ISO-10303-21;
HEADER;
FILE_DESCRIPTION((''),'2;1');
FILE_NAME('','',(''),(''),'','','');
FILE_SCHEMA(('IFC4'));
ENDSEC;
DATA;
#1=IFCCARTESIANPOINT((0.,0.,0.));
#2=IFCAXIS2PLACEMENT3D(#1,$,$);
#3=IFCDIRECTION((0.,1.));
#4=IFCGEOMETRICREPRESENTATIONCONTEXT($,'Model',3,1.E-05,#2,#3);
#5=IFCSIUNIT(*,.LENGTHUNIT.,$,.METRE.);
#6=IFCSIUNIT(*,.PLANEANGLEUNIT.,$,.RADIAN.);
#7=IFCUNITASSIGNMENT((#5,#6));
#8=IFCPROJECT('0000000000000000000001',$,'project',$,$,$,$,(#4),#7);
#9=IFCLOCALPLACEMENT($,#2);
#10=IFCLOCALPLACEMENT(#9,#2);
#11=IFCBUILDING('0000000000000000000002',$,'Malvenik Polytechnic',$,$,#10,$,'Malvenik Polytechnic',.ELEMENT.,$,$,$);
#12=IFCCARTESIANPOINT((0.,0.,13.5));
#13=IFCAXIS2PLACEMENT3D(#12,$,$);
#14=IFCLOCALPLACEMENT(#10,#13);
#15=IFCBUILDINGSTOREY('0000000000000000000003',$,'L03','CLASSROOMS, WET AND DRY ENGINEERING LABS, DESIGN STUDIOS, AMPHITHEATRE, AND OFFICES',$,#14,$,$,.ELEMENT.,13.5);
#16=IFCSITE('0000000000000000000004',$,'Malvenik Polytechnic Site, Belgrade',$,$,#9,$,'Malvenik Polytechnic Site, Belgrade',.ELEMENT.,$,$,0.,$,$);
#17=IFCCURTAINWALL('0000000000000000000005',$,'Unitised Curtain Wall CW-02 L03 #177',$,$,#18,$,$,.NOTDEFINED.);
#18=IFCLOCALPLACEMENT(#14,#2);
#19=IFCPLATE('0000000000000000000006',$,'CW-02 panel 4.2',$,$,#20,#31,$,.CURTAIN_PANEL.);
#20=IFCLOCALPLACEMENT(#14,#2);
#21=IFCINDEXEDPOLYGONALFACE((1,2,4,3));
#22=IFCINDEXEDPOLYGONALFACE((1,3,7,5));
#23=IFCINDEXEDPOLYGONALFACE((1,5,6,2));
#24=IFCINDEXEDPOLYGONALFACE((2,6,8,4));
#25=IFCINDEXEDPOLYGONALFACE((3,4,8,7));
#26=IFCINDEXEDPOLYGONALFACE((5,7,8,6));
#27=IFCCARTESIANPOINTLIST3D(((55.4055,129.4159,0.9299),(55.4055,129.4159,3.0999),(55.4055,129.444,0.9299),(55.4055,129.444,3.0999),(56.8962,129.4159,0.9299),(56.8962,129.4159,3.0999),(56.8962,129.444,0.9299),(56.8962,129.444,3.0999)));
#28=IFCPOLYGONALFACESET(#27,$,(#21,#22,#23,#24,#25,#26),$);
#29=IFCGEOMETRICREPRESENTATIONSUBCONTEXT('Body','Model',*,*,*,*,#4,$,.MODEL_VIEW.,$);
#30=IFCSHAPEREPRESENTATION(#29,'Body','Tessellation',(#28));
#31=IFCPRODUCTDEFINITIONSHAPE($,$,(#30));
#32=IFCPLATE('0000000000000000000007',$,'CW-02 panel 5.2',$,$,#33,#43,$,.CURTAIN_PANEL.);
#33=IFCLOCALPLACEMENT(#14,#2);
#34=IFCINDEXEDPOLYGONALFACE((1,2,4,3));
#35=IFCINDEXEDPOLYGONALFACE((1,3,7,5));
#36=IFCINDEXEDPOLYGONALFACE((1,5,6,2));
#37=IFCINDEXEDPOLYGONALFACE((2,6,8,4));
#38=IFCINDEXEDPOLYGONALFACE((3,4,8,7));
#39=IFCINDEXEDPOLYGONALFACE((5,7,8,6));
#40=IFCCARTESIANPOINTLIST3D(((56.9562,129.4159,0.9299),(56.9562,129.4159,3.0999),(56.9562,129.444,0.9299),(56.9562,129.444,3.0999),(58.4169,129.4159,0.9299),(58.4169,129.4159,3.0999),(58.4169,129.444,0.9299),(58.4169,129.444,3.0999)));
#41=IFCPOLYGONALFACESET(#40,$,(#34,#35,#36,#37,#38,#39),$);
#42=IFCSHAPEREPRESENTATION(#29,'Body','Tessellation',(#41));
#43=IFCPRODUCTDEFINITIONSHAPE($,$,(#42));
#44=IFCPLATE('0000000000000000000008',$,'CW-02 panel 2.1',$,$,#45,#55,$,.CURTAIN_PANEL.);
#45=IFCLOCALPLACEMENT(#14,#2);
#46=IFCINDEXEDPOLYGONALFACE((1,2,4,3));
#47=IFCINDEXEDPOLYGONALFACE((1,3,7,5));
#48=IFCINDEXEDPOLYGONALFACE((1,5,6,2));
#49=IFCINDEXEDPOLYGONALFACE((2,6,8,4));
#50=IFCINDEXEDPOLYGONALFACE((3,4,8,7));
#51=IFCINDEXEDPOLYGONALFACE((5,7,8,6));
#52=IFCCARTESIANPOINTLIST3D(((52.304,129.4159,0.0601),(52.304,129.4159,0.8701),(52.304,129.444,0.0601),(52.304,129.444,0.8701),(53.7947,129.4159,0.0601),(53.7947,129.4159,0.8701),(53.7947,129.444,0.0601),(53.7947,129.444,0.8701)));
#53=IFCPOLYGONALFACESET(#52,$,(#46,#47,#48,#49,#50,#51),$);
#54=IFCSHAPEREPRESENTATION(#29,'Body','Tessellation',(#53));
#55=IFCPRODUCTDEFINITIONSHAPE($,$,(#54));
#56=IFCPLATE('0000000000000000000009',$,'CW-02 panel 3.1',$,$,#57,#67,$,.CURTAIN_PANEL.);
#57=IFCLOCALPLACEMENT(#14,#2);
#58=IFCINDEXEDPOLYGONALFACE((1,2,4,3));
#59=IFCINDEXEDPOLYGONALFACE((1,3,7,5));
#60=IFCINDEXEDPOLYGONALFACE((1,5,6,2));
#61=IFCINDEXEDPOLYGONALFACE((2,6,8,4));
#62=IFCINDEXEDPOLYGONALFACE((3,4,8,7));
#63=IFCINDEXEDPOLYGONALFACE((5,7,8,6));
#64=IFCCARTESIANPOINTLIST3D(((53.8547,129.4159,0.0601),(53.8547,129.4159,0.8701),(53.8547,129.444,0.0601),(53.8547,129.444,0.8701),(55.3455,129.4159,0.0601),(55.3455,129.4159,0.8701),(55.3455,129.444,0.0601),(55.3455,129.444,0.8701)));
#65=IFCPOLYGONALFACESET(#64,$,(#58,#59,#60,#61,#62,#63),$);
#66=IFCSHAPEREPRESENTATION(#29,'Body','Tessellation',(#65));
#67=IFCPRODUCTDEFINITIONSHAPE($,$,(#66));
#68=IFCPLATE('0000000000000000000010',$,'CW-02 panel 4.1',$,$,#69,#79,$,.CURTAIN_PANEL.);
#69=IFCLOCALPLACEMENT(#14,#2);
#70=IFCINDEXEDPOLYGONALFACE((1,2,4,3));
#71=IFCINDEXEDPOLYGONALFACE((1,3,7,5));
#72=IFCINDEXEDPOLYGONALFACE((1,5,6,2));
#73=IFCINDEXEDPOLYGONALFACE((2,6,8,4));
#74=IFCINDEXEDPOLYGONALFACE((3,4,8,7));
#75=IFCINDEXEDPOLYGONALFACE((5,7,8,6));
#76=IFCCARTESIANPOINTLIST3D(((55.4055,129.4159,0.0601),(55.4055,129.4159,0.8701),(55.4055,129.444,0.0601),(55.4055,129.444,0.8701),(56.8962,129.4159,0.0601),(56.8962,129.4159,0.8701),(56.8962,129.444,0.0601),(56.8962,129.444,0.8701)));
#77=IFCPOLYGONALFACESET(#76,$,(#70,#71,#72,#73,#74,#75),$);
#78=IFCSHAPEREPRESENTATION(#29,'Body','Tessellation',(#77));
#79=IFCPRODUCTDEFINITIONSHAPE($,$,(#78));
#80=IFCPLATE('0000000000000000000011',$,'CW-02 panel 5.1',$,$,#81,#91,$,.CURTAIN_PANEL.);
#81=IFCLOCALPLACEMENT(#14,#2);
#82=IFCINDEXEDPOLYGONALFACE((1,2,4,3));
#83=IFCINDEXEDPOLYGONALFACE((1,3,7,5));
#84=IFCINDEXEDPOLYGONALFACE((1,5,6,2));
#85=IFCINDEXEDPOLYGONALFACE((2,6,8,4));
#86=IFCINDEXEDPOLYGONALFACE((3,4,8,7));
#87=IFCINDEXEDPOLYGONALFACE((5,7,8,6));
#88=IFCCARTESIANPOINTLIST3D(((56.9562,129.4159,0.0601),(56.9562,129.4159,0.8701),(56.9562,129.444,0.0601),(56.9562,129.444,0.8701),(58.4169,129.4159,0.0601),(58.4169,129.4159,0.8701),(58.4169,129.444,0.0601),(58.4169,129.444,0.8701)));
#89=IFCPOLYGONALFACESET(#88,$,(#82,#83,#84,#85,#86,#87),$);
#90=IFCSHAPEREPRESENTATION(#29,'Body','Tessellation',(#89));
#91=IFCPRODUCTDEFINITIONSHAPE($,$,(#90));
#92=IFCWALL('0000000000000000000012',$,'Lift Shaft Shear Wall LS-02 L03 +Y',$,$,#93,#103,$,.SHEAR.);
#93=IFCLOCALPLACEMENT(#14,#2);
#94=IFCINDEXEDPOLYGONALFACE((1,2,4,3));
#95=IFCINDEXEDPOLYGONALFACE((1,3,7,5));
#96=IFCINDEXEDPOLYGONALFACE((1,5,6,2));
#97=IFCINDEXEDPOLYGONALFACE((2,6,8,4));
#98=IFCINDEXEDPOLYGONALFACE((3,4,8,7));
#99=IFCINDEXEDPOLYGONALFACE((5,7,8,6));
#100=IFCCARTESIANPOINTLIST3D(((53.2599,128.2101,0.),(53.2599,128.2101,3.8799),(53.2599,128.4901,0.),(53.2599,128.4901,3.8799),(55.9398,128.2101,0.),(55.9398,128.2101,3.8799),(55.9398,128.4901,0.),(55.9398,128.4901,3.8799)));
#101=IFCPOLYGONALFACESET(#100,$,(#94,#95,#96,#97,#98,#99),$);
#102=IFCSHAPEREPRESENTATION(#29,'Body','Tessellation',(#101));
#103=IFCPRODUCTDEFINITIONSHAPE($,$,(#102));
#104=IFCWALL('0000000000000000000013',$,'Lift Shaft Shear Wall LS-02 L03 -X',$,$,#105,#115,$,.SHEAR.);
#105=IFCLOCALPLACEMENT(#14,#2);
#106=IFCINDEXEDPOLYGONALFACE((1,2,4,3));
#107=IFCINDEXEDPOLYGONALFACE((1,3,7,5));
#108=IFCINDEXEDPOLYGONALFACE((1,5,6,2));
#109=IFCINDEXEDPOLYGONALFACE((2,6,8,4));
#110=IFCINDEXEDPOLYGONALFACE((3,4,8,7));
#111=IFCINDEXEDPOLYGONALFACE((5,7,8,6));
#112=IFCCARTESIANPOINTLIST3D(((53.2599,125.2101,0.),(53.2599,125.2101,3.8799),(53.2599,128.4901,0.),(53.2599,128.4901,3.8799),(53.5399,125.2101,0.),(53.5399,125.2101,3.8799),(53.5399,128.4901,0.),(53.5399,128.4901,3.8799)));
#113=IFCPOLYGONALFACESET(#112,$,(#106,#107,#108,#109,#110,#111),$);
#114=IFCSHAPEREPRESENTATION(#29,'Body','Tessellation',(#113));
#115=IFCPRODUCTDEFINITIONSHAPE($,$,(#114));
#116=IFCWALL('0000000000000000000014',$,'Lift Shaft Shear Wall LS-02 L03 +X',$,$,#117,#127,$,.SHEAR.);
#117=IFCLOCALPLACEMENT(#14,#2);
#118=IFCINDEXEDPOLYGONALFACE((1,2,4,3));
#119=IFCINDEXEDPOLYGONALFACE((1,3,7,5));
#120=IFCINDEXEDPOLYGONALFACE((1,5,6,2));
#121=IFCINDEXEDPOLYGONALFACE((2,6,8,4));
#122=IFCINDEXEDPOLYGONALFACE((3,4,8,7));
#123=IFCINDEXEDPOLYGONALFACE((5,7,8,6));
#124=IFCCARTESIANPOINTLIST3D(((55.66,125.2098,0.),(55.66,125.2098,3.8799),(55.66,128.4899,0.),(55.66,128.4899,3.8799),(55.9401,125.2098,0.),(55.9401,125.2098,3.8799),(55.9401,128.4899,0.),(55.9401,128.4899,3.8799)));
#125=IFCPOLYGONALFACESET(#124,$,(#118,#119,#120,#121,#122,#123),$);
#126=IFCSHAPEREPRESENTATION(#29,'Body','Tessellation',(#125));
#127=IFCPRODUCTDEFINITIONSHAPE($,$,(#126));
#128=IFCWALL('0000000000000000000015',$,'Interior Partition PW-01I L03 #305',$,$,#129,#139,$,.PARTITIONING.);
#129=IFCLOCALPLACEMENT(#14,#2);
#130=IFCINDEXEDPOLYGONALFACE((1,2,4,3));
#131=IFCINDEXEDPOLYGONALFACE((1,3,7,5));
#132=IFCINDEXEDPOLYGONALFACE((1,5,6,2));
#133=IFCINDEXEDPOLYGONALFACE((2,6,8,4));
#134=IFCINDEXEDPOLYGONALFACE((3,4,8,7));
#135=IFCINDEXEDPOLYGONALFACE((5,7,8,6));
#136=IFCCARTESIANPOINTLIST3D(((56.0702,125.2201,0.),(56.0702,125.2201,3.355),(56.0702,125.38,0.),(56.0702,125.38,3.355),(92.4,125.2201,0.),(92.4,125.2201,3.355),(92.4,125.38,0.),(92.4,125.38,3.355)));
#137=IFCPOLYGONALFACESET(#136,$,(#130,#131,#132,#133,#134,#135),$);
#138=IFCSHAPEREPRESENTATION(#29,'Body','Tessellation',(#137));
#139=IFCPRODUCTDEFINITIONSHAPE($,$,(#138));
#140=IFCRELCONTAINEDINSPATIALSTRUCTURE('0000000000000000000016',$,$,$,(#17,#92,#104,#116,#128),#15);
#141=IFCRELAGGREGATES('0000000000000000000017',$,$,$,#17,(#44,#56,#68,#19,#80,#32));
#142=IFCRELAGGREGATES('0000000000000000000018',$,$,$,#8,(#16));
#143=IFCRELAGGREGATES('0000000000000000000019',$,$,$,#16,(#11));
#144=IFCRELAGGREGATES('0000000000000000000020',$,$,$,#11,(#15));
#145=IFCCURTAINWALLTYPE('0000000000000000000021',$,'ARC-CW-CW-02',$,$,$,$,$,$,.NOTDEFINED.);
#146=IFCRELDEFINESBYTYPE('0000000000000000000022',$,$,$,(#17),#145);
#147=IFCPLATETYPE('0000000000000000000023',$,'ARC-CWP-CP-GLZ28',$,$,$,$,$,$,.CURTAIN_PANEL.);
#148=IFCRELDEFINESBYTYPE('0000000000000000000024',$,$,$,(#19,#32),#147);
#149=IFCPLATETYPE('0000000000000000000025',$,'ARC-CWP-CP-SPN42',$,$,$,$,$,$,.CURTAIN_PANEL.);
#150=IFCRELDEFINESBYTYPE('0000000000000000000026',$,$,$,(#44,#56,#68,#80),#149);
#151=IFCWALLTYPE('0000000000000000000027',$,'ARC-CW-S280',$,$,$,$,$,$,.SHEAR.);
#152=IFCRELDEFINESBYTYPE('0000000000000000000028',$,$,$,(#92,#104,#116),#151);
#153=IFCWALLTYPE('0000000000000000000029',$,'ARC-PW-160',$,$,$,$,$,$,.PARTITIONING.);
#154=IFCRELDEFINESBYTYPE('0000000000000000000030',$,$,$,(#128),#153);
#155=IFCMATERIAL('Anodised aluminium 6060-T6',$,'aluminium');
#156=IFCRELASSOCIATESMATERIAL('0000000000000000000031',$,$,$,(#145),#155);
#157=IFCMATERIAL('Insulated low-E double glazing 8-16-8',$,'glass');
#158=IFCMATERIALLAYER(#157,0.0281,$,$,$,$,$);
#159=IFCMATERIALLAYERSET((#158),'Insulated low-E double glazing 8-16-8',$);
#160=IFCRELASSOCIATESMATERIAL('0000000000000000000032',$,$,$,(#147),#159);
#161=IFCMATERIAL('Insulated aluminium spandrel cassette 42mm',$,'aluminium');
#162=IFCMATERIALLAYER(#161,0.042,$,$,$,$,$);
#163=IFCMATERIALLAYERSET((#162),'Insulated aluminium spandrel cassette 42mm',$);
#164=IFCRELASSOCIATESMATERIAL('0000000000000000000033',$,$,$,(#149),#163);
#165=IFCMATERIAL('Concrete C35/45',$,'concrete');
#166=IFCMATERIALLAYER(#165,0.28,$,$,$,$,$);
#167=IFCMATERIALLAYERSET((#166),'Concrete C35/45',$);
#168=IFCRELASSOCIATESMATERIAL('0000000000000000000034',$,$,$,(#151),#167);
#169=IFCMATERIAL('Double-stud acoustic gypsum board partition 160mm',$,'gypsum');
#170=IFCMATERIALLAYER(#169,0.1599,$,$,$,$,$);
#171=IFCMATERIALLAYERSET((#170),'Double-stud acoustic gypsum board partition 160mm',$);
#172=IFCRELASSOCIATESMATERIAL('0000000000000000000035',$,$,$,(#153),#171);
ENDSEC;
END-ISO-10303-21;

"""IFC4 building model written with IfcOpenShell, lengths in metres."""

from ifc_helpers import new_model, si_unit, direction, frame, frame_2d, origin, origin_2d, place, context, subcontext, project, spatial, rectangle, extrude, material, layer, layer_set, type_object, element, aggregate, save


model = new_model("IFC4")

# Units and contexts
model_context = context("Model", 3, precision=1e-05, world=origin(), true_north=direction((0.0, 1.0)))
body_context = subcontext(model_context, "Body", "Model", "MODEL_VIEW")
ifc_project = project(units=[si_unit("LENGTHUNIT", "METRE"), si_unit("PLANEANGLEUNIT", "RADIAN")], contexts=[model_context])

# Site, building, storey
site_placement = place(None, origin())
site = spatial("IfcSite", under=ifc_project, at=site_placement, Name="Malvenik Polytechnic Site, Belgrade", LongName="Malvenik Polytechnic Site, Belgrade", CompositionType="ELEMENT", RefElevation=0.0)
building_placement = place(site_placement, origin())
building = spatial("IfcBuilding", under=site, at=building_placement, Name="Malvenik Polytechnic", LongName="Malvenik Polytechnic", CompositionType="ELEMENT")
storey_placement = place(building_placement, frame((0.0, 0.0, 13.5)))
storey = spatial("IfcBuildingStorey", under=building, at=storey_placement, Name="L03", Description="CLASSROOMS, WET AND DRY ENGINEERING LABS, DESIGN STUDIOS, AMPHITHEATRE, AND OFFICES", CompositionType="ELEMENT", Elevation=13.5)

# Curtain wall, plates
ifc_material_1 = material(Name="Anodised aluminium 6060-T6", Category="aluminium")
curtain_wall_type = type_object("IfcCurtainWallType", Name="ARC-CW-CW-02", PredefinedType="NOTDEFINED", material=ifc_material_1)
curtain_wall_placement = place(storey_placement, origin())
curtain_wall = element("IfcCurtainWall", 1, at=curtain_wall_placement, inside=storey, type_object=curtain_wall_type, Name="Unitised Curtain Wall CW-02 L03 #177", PredefinedType="NOTDEFINED")
ifc_material_2 = material(Name="Insulated low-E double glazing 8-16-8", Category="glass")
ifc_layer_1 = layer(ifc_material_2, 0.0281)
ifc_layer_set_1 = layer_set([ifc_layer_1], Name="Insulated low-E double glazing 8-16-8")
plate_type_1 = type_object("IfcPlateType", Name="ARC-CWP-CP-GLZ28", PredefinedType="CURTAIN_PANEL", material=ifc_layer_set_1)
plate_1_placement = place(storey_placement, frame((56.1509, 129.4299, 0.9299), z_axis=(0.0, 0.0, 1.0), x_axis=(1.0, 0.0, 0.0)))
plate_1 = element("IfcPlate", 2, at=plate_1_placement, type_object=plate_type_1, Name="CW-02 panel 4.2", PredefinedType="CURTAIN_PANEL", context=body_context, shape_type="SweptSolid", body=[
    extrude(rectangle(XDim=1.4907, YDim=0.0281, at=origin_2d()), origin(), (0.0, 0.0, 1.0), 2.1699),
])
plate_2_placement = place(storey_placement, frame((57.6865, 129.4299, 0.9299), z_axis=(0.0, 0.0, 1.0), x_axis=(1.0, 0.0, 0.0)))
plate_2 = element("IfcPlate", 3, at=plate_2_placement, type_object=plate_type_1, Name="CW-02 panel 5.2", PredefinedType="CURTAIN_PANEL", context=body_context, shape_type="SweptSolid", body=[
    extrude(rectangle(XDim=1.4607, YDim=0.0281, at=origin_2d()), origin(), (0.0, 0.0, 1.0), 2.1699),
])
ifc_material_3 = material(Name="Insulated aluminium spandrel cassette 42mm", Category="aluminium")
ifc_layer_2 = layer(ifc_material_3, 0.042)
ifc_layer_set_2 = layer_set([ifc_layer_2], Name="Insulated aluminium spandrel cassette 42mm")
plate_type_2 = type_object("IfcPlateType", Name="ARC-CWP-CP-SPN42", PredefinedType="CURTAIN_PANEL", material=ifc_layer_set_2)
plate_3_placement = place(storey_placement, frame((53.0493, 129.4299, 0.0601), z_axis=(0.0, 0.0, 1.0), x_axis=(1.0, 0.0, 0.0)))
plate_3 = element("IfcPlate", 4, at=plate_3_placement, type_object=plate_type_2, Name="CW-02 panel 2.1", PredefinedType="CURTAIN_PANEL", context=body_context, shape_type="SweptSolid", body=[
    extrude(rectangle(XDim=1.4907, YDim=0.0281, at=origin_2d()), origin(), (0.0, 0.0, 1.0), 0.8101),
])
plate_4_placement = place(storey_placement, frame((54.6001, 129.4299, 0.0601), z_axis=(0.0, 0.0, 1.0), x_axis=(1.0, 0.0, 0.0)))
plate_4 = element("IfcPlate", 5, at=plate_4_placement, type_object=plate_type_2, Name="CW-02 panel 3.1", PredefinedType="CURTAIN_PANEL", context=body_context, shape_type="SweptSolid", body=[
    extrude(rectangle(XDim=1.4907, YDim=0.0281, at=origin_2d()), origin(), (0.0, 0.0, 1.0), 0.8101),
])
plate_5_placement = place(storey_placement, frame((56.1509, 129.4299, 0.0601), z_axis=(0.0, 0.0, 1.0), x_axis=(1.0, 0.0, 0.0)))
plate_5 = element("IfcPlate", 6, at=plate_5_placement, type_object=plate_type_2, Name="CW-02 panel 4.1", PredefinedType="CURTAIN_PANEL", context=body_context, shape_type="SweptSolid", body=[
    extrude(rectangle(XDim=1.4907, YDim=0.0281, at=origin_2d()), origin(), (0.0, 0.0, 1.0), 0.8101),
])
plate_6_placement = place(storey_placement, frame((57.6865, 129.4299, 0.0601), z_axis=(0.0, 0.0, 1.0), x_axis=(1.0, 0.0, 0.0)))
plate_6 = element("IfcPlate", 7, at=plate_6_placement, type_object=plate_type_2, Name="CW-02 panel 5.1", PredefinedType="CURTAIN_PANEL", context=body_context, shape_type="SweptSolid", body=[
    extrude(rectangle(XDim=1.4607, YDim=0.0281, at=origin_2d()), origin(), (0.0, 0.0, 1.0), 0.8101),
])
aggregate(curtain_wall, [plate_3, plate_4, plate_5, plate_1, plate_6, plate_2])

# Shared definitions
ifc_material_4 = material(Name="Concrete C35/45", Category="concrete")
ifc_layer_3 = layer(ifc_material_4, 0.28)
ifc_layer_set_3 = layer_set([ifc_layer_3], Name="Concrete C35/45")
wall_type_1 = type_object("IfcWallType", Name="ARC-CW-S280", PredefinedType="SHEAR", material=ifc_layer_set_3)

# Walls
wall_1_placement = place(storey_placement, frame((53.26, 128.3501, 0.0), z_axis=(0.0, 0.0, 1.0), x_axis=(1.0, 0.0, 0.0)))
element("IfcWall", 8, at=wall_1_placement, inside=storey, type_object=wall_type_1, Name="Lift Shaft Shear Wall LS-02 L03 +Y", PredefinedType="SHEAR", context=body_context, shape_type="SweptSolid", body=[
    extrude(rectangle(XDim=2.6799, YDim=0.28, at=frame_2d((1.3398, 0.0))), origin(), (0.0, 0.0, 1.0), 3.8799),
])
for number, where, z_axis, x_axis, name in (
    (9, (53.3999, 125.21, 0.0), (0.0, 0.0, 1.0), (0.0, 1.0, 0.0), "Lift Shaft Shear Wall LS-02 L03 -X"),
    (10, (55.8, 128.49, 0.0), (0.0, 0.0, 1.0), (0.0, -1.0, 0.0), "Lift Shaft Shear Wall LS-02 L03 +X"),
):
    element("IfcWall", number, at=place(storey_placement, frame(where, z_axis=z_axis, x_axis=x_axis)), inside=storey, type_object=wall_type_1, Name=name, PredefinedType="SHEAR", context=body_context, shape_type="SweptSolid", body=[
        extrude(rectangle(XDim=3.28, YDim=0.28, at=frame_2d((1.6401, 0.0))), origin(), (0.0, 0.0, 1.0), 3.8799),
    ])
ifc_material_5 = material(Name="Double-stud acoustic gypsum board partition 160mm", Category="gypsum")
ifc_layer_4 = layer(ifc_material_5, 0.1599)
ifc_layer_set_4 = layer_set([ifc_layer_4], Name="Double-stud acoustic gypsum board partition 160mm")
wall_type_2 = type_object("IfcWallType", Name="ARC-PW-160", PredefinedType="PARTITIONING", material=ifc_layer_set_4)
wall_2_placement = place(storey_placement, frame((56.0701, 125.3, 0.0), z_axis=(0.0, 0.0, 1.0), x_axis=(1.0, 0.0, 0.0)))
element("IfcWall", 11, at=wall_2_placement, inside=storey, type_object=wall_type_2, Name="Interior Partition PW-01I L03 #305", PredefinedType="PARTITIONING", context=body_context, shape_type="SweptSolid", body=[
    extrude(rectangle(XDim=36.3298, YDim=0.1599, at=frame_2d((18.165, 0.0))), origin(), (0.0, 0.0, 1.0), 3.355),
])

save(model, "model.ifc")
